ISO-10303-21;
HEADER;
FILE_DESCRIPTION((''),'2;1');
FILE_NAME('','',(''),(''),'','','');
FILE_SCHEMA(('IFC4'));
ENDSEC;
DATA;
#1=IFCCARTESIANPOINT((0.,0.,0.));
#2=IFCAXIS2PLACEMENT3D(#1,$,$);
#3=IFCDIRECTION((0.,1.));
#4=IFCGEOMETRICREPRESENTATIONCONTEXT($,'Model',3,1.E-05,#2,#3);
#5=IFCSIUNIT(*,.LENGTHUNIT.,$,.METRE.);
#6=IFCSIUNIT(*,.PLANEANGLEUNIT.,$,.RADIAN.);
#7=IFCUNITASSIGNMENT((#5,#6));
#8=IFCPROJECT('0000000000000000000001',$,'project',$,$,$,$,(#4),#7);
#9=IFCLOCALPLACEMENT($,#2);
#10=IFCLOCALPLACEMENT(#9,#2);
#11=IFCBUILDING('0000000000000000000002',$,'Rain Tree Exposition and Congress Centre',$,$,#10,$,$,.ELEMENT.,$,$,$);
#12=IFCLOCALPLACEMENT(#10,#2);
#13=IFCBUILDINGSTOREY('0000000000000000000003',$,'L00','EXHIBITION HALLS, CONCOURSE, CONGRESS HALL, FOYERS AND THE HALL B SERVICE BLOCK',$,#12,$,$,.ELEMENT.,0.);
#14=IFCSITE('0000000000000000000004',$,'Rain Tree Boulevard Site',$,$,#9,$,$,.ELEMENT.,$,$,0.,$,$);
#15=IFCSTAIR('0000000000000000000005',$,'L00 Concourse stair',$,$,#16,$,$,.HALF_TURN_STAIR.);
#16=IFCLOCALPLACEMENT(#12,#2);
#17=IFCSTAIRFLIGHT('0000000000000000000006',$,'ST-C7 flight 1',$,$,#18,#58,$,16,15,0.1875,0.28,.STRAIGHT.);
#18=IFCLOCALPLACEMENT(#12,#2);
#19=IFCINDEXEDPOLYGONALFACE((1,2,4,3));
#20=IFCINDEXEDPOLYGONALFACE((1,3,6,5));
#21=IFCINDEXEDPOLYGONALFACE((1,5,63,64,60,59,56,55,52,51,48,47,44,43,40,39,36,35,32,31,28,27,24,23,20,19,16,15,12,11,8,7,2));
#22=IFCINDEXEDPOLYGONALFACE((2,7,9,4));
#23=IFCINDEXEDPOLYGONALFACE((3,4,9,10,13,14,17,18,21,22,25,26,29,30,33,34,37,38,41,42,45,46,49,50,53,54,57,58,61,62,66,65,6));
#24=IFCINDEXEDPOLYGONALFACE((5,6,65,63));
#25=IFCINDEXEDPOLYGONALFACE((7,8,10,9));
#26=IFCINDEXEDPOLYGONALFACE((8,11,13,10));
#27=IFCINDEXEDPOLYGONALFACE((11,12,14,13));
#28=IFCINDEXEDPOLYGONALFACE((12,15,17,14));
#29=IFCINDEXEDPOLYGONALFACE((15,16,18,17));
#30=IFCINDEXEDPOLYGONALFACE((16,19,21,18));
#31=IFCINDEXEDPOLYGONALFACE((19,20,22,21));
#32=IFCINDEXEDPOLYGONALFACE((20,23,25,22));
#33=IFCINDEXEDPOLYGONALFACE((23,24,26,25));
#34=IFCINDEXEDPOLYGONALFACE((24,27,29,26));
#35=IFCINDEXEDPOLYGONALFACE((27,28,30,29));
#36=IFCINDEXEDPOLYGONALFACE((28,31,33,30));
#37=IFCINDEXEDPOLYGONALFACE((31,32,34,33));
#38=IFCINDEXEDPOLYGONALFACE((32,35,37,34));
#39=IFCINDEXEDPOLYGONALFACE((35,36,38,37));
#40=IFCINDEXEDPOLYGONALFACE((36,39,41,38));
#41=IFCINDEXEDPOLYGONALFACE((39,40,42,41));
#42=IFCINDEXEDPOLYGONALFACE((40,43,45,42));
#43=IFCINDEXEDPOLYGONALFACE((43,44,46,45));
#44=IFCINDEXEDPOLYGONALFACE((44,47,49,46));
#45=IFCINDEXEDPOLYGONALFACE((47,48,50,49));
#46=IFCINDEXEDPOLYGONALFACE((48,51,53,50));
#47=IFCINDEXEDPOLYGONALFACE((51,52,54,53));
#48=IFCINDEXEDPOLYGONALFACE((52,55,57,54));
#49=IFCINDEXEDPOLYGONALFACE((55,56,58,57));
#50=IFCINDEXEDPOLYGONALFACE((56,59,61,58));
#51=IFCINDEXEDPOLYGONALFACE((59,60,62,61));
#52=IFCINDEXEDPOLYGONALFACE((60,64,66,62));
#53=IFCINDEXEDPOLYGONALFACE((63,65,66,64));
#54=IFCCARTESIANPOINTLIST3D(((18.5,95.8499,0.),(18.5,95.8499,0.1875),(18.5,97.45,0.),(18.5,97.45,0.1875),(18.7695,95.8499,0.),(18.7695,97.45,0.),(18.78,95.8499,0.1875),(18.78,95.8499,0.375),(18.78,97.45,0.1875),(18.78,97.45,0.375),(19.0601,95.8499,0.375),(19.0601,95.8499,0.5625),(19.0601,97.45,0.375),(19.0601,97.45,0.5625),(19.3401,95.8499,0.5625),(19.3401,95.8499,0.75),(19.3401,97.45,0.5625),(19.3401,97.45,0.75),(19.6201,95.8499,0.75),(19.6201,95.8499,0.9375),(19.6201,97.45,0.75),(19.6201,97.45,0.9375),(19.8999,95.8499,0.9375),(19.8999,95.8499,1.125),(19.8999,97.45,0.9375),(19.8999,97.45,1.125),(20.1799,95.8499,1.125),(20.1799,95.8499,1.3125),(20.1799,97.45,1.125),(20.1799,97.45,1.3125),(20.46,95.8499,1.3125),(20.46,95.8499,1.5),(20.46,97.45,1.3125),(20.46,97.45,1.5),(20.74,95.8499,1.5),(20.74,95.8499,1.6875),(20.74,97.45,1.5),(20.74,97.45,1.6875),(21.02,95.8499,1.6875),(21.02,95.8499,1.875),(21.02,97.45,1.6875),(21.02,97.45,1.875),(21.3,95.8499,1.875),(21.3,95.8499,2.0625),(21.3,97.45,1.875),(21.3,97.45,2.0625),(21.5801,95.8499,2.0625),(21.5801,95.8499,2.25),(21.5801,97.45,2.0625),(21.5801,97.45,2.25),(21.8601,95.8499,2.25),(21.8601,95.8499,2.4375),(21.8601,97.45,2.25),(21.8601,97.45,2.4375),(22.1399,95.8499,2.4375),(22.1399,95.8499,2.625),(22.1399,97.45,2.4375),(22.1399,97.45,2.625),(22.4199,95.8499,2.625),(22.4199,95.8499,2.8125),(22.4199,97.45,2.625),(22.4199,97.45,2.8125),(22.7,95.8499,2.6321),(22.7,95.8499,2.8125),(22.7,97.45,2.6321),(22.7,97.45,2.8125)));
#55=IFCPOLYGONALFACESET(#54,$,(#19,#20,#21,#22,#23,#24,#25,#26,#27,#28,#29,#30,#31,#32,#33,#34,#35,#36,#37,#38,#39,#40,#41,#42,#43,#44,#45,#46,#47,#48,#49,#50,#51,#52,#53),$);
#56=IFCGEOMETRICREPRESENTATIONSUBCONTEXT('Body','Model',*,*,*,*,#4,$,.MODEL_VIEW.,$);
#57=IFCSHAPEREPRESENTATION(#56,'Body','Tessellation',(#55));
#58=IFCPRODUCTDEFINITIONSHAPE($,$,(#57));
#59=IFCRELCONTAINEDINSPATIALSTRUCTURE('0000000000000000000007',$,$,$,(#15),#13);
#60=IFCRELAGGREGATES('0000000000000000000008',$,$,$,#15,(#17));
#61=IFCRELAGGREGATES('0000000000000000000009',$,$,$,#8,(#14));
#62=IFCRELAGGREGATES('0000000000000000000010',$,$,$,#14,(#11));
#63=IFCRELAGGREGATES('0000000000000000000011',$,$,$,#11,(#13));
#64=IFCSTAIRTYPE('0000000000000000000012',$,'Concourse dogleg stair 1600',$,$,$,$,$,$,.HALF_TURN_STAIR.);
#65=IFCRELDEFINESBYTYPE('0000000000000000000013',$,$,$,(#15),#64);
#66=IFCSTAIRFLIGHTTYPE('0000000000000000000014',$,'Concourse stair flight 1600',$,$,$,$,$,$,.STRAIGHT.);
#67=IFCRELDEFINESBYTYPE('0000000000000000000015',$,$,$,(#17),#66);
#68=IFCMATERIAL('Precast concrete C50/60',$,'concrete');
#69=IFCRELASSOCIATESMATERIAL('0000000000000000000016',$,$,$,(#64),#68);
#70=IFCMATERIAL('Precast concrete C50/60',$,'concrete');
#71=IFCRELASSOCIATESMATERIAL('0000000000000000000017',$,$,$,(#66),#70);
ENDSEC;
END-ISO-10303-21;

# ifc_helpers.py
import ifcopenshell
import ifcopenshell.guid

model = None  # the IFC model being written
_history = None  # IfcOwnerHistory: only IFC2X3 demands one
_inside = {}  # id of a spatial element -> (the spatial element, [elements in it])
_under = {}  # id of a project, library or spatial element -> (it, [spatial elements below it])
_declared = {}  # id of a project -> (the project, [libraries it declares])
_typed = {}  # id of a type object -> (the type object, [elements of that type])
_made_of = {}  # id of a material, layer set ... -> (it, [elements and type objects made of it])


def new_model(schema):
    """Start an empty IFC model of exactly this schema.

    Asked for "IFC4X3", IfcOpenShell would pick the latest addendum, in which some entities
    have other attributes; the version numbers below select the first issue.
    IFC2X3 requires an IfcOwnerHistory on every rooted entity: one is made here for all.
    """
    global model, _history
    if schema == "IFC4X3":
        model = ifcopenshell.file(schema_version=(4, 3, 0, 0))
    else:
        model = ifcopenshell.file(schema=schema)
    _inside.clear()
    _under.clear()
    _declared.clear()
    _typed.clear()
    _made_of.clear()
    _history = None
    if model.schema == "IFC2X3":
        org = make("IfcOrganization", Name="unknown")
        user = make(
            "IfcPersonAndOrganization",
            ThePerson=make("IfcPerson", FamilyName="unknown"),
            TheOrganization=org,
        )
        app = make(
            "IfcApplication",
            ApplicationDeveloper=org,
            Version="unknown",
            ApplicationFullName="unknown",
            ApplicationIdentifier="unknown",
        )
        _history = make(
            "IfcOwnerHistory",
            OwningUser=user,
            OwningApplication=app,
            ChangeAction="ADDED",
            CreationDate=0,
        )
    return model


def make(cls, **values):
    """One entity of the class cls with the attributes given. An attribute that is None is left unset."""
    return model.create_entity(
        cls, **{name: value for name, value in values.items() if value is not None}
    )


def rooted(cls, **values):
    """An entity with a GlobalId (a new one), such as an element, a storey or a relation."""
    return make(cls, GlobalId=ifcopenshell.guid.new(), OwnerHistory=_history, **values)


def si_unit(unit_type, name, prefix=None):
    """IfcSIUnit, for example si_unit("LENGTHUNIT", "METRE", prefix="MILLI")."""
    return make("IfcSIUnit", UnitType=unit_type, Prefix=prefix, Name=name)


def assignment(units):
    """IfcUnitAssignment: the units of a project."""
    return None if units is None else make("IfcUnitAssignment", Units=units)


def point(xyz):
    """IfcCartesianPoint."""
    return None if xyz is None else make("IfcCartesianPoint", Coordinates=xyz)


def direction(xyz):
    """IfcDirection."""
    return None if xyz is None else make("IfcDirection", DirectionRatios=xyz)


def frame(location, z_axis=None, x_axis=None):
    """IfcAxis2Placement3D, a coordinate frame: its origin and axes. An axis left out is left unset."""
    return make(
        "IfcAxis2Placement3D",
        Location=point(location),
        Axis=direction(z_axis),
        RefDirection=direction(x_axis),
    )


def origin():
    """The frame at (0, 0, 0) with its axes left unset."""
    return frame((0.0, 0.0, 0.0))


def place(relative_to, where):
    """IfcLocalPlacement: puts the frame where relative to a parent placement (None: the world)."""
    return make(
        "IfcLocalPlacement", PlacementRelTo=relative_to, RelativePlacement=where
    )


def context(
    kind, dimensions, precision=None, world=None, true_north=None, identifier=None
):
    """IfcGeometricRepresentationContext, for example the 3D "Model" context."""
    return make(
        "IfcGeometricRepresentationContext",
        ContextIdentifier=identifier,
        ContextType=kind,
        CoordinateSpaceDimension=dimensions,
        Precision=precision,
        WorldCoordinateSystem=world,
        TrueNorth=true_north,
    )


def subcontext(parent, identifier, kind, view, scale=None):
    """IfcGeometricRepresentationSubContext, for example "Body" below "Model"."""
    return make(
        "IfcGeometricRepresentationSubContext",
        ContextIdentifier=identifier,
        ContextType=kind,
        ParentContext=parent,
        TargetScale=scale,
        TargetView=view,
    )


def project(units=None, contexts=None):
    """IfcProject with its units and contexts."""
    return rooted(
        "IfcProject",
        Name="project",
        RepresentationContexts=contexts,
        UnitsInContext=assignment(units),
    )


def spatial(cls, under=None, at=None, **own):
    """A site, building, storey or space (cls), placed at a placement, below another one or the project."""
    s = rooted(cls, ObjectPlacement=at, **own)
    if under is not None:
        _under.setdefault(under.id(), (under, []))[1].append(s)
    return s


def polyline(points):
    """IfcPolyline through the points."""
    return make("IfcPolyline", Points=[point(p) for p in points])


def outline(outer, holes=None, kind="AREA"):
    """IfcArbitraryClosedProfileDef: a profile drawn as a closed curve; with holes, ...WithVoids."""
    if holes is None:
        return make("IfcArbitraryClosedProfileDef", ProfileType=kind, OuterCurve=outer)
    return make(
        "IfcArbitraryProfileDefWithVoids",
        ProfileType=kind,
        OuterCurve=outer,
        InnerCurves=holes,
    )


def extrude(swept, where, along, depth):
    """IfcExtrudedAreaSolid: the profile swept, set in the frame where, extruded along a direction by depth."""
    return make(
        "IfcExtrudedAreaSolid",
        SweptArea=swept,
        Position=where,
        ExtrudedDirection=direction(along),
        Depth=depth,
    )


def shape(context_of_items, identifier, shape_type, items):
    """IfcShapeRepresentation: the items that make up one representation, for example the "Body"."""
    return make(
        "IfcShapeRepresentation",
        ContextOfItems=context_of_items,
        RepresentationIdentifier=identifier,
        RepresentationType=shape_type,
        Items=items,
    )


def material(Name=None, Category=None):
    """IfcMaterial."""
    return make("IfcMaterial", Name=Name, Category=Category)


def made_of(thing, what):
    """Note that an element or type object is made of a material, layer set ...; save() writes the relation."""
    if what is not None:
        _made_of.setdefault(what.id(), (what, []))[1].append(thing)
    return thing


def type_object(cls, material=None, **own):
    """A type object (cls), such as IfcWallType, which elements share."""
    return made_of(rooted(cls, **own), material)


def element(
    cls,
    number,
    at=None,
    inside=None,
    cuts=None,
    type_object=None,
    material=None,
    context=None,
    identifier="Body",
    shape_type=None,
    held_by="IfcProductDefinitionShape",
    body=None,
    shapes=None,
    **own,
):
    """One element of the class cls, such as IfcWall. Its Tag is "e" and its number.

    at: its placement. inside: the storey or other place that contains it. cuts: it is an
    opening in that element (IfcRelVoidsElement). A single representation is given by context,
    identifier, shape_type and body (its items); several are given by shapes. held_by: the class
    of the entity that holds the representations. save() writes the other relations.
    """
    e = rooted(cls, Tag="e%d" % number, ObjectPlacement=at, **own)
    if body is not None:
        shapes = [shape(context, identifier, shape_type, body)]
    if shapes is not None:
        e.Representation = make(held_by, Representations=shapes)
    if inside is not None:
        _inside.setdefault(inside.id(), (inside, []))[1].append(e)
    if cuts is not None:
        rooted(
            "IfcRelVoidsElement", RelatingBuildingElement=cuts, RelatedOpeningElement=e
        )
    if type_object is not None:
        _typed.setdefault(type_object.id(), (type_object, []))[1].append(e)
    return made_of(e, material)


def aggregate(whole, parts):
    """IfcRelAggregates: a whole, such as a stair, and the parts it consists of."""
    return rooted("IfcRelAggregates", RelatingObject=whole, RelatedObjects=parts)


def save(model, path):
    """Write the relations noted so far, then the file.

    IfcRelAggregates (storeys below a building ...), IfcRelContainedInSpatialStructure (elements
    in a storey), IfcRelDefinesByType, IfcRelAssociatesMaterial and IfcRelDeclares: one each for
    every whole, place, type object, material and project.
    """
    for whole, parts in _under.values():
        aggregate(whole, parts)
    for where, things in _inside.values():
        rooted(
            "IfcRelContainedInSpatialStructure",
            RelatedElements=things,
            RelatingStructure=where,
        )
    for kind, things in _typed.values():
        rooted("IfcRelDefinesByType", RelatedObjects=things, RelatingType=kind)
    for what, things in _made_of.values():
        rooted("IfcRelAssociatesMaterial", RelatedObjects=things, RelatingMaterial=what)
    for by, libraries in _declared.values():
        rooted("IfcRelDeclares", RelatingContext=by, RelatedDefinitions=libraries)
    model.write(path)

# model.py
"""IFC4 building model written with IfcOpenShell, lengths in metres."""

from ifc_helpers import new_model, si_unit, direction, frame, origin, place, context, subcontext, project, spatial, polyline, outline, extrude, material, type_object, element, aggregate, save


model = new_model("IFC4")

# Units and contexts
model_context = context("Model", 3, precision=1e-05, world=origin(), true_north=direction((0.0, 1.0)))
body_context = subcontext(model_context, "Body", "Model", "MODEL_VIEW")
ifc_project = project(units=[si_unit("LENGTHUNIT", "METRE"), si_unit("PLANEANGLEUNIT", "RADIAN")], contexts=[model_context])

# Site, building, storey
site_placement = place(None, origin())
site = spatial("IfcSite", under=ifc_project, at=site_placement, Name="Rain Tree Boulevard Site", CompositionType="ELEMENT", RefElevation=0.0)
building_placement = place(site_placement, origin())
building = spatial("IfcBuilding", under=site, at=building_placement, Name="Rain Tree Exposition and Congress Centre", CompositionType="ELEMENT")
storey_placement = place(building_placement, origin())
storey = spatial("IfcBuildingStorey", under=building, at=storey_placement, Name="L00", Description="EXHIBITION HALLS, CONCOURSE, CONGRESS HALL, FOYERS AND THE HALL B SERVICE BLOCK", CompositionType="ELEMENT", Elevation=0.0)

# Stair, stair flight
ifc_material_1 = material(Name="Precast concrete C50/60", Category="concrete")
stair_type = type_object("IfcStairType", Name="Concourse dogleg stair 1600", PredefinedType="HALF_TURN_STAIR", material=ifc_material_1)
stair_placement = place(storey_placement, origin())
stair = element("IfcStair", 1, at=stair_placement, inside=storey, type_object=stair_type, Name="L00 Concourse stair", PredefinedType="HALF_TURN_STAIR")
ifc_material_2 = material(Name="Precast concrete C50/60", Category="concrete")
stair_flight_type = type_object("IfcStairFlightType", Name="Concourse stair flight 1600", PredefinedType="STRAIGHT", material=ifc_material_2)
stair_flight_placement = place(storey_placement, frame((18.5, 96.6499, 0.0), z_axis=(0.0, 0.0, 1.0), x_axis=(1.0, 0.0, 0.0)))
stair_flight = element("IfcStairFlight", 2, at=stair_flight_placement, type_object=stair_flight_type, Name="ST-C7 flight 1", NumberOfRisers=16, NumberOfTreads=15, PredefinedType="STRAIGHT", RiserHeight=0.1875, TreadLength=0.28, context=body_context, shape_type="SweptSolid", body=[
    extrude(outline(polyline([(0.0, 0.0), (0.0, 0.1875), (0.28, 0.1875), (0.28, 0.375), (0.5601, 0.375), (0.5601, 0.5625), (0.8401, 0.5625), (0.8401, 0.75), (1.1201, 0.75), (1.1201, 0.9375), (1.3999, 0.9375), (1.3999, 1.125), (1.6799, 1.125), (1.6799, 1.3125), (1.96, 1.3125), (1.96, 1.5), (2.24, 1.5), (2.24, 1.6875), (2.52, 1.6875), (2.52, 1.875), (2.8, 1.875), (2.8, 2.0625), (3.0801, 2.0625), (3.0801, 2.25), (3.3601, 2.25), (3.3601, 2.4375), (3.6399, 2.4375), (3.6399, 2.625), (3.9199, 2.625), (3.9199, 2.8125), (4.2, 2.8125), (4.2, 3.0), (4.2, 2.6321), (0.2695, 0.0), (0.0, 0.0)])), frame((0.0, 0.8, 0.0), z_axis=(0.0, -1.0, 0.0), x_axis=(1.0, 0.0, 0.0)), (0.0, 0.0, 1.0), 1.6001),
])
aggregate(stair, [stair_flight])

save(model, "model.ifc")
